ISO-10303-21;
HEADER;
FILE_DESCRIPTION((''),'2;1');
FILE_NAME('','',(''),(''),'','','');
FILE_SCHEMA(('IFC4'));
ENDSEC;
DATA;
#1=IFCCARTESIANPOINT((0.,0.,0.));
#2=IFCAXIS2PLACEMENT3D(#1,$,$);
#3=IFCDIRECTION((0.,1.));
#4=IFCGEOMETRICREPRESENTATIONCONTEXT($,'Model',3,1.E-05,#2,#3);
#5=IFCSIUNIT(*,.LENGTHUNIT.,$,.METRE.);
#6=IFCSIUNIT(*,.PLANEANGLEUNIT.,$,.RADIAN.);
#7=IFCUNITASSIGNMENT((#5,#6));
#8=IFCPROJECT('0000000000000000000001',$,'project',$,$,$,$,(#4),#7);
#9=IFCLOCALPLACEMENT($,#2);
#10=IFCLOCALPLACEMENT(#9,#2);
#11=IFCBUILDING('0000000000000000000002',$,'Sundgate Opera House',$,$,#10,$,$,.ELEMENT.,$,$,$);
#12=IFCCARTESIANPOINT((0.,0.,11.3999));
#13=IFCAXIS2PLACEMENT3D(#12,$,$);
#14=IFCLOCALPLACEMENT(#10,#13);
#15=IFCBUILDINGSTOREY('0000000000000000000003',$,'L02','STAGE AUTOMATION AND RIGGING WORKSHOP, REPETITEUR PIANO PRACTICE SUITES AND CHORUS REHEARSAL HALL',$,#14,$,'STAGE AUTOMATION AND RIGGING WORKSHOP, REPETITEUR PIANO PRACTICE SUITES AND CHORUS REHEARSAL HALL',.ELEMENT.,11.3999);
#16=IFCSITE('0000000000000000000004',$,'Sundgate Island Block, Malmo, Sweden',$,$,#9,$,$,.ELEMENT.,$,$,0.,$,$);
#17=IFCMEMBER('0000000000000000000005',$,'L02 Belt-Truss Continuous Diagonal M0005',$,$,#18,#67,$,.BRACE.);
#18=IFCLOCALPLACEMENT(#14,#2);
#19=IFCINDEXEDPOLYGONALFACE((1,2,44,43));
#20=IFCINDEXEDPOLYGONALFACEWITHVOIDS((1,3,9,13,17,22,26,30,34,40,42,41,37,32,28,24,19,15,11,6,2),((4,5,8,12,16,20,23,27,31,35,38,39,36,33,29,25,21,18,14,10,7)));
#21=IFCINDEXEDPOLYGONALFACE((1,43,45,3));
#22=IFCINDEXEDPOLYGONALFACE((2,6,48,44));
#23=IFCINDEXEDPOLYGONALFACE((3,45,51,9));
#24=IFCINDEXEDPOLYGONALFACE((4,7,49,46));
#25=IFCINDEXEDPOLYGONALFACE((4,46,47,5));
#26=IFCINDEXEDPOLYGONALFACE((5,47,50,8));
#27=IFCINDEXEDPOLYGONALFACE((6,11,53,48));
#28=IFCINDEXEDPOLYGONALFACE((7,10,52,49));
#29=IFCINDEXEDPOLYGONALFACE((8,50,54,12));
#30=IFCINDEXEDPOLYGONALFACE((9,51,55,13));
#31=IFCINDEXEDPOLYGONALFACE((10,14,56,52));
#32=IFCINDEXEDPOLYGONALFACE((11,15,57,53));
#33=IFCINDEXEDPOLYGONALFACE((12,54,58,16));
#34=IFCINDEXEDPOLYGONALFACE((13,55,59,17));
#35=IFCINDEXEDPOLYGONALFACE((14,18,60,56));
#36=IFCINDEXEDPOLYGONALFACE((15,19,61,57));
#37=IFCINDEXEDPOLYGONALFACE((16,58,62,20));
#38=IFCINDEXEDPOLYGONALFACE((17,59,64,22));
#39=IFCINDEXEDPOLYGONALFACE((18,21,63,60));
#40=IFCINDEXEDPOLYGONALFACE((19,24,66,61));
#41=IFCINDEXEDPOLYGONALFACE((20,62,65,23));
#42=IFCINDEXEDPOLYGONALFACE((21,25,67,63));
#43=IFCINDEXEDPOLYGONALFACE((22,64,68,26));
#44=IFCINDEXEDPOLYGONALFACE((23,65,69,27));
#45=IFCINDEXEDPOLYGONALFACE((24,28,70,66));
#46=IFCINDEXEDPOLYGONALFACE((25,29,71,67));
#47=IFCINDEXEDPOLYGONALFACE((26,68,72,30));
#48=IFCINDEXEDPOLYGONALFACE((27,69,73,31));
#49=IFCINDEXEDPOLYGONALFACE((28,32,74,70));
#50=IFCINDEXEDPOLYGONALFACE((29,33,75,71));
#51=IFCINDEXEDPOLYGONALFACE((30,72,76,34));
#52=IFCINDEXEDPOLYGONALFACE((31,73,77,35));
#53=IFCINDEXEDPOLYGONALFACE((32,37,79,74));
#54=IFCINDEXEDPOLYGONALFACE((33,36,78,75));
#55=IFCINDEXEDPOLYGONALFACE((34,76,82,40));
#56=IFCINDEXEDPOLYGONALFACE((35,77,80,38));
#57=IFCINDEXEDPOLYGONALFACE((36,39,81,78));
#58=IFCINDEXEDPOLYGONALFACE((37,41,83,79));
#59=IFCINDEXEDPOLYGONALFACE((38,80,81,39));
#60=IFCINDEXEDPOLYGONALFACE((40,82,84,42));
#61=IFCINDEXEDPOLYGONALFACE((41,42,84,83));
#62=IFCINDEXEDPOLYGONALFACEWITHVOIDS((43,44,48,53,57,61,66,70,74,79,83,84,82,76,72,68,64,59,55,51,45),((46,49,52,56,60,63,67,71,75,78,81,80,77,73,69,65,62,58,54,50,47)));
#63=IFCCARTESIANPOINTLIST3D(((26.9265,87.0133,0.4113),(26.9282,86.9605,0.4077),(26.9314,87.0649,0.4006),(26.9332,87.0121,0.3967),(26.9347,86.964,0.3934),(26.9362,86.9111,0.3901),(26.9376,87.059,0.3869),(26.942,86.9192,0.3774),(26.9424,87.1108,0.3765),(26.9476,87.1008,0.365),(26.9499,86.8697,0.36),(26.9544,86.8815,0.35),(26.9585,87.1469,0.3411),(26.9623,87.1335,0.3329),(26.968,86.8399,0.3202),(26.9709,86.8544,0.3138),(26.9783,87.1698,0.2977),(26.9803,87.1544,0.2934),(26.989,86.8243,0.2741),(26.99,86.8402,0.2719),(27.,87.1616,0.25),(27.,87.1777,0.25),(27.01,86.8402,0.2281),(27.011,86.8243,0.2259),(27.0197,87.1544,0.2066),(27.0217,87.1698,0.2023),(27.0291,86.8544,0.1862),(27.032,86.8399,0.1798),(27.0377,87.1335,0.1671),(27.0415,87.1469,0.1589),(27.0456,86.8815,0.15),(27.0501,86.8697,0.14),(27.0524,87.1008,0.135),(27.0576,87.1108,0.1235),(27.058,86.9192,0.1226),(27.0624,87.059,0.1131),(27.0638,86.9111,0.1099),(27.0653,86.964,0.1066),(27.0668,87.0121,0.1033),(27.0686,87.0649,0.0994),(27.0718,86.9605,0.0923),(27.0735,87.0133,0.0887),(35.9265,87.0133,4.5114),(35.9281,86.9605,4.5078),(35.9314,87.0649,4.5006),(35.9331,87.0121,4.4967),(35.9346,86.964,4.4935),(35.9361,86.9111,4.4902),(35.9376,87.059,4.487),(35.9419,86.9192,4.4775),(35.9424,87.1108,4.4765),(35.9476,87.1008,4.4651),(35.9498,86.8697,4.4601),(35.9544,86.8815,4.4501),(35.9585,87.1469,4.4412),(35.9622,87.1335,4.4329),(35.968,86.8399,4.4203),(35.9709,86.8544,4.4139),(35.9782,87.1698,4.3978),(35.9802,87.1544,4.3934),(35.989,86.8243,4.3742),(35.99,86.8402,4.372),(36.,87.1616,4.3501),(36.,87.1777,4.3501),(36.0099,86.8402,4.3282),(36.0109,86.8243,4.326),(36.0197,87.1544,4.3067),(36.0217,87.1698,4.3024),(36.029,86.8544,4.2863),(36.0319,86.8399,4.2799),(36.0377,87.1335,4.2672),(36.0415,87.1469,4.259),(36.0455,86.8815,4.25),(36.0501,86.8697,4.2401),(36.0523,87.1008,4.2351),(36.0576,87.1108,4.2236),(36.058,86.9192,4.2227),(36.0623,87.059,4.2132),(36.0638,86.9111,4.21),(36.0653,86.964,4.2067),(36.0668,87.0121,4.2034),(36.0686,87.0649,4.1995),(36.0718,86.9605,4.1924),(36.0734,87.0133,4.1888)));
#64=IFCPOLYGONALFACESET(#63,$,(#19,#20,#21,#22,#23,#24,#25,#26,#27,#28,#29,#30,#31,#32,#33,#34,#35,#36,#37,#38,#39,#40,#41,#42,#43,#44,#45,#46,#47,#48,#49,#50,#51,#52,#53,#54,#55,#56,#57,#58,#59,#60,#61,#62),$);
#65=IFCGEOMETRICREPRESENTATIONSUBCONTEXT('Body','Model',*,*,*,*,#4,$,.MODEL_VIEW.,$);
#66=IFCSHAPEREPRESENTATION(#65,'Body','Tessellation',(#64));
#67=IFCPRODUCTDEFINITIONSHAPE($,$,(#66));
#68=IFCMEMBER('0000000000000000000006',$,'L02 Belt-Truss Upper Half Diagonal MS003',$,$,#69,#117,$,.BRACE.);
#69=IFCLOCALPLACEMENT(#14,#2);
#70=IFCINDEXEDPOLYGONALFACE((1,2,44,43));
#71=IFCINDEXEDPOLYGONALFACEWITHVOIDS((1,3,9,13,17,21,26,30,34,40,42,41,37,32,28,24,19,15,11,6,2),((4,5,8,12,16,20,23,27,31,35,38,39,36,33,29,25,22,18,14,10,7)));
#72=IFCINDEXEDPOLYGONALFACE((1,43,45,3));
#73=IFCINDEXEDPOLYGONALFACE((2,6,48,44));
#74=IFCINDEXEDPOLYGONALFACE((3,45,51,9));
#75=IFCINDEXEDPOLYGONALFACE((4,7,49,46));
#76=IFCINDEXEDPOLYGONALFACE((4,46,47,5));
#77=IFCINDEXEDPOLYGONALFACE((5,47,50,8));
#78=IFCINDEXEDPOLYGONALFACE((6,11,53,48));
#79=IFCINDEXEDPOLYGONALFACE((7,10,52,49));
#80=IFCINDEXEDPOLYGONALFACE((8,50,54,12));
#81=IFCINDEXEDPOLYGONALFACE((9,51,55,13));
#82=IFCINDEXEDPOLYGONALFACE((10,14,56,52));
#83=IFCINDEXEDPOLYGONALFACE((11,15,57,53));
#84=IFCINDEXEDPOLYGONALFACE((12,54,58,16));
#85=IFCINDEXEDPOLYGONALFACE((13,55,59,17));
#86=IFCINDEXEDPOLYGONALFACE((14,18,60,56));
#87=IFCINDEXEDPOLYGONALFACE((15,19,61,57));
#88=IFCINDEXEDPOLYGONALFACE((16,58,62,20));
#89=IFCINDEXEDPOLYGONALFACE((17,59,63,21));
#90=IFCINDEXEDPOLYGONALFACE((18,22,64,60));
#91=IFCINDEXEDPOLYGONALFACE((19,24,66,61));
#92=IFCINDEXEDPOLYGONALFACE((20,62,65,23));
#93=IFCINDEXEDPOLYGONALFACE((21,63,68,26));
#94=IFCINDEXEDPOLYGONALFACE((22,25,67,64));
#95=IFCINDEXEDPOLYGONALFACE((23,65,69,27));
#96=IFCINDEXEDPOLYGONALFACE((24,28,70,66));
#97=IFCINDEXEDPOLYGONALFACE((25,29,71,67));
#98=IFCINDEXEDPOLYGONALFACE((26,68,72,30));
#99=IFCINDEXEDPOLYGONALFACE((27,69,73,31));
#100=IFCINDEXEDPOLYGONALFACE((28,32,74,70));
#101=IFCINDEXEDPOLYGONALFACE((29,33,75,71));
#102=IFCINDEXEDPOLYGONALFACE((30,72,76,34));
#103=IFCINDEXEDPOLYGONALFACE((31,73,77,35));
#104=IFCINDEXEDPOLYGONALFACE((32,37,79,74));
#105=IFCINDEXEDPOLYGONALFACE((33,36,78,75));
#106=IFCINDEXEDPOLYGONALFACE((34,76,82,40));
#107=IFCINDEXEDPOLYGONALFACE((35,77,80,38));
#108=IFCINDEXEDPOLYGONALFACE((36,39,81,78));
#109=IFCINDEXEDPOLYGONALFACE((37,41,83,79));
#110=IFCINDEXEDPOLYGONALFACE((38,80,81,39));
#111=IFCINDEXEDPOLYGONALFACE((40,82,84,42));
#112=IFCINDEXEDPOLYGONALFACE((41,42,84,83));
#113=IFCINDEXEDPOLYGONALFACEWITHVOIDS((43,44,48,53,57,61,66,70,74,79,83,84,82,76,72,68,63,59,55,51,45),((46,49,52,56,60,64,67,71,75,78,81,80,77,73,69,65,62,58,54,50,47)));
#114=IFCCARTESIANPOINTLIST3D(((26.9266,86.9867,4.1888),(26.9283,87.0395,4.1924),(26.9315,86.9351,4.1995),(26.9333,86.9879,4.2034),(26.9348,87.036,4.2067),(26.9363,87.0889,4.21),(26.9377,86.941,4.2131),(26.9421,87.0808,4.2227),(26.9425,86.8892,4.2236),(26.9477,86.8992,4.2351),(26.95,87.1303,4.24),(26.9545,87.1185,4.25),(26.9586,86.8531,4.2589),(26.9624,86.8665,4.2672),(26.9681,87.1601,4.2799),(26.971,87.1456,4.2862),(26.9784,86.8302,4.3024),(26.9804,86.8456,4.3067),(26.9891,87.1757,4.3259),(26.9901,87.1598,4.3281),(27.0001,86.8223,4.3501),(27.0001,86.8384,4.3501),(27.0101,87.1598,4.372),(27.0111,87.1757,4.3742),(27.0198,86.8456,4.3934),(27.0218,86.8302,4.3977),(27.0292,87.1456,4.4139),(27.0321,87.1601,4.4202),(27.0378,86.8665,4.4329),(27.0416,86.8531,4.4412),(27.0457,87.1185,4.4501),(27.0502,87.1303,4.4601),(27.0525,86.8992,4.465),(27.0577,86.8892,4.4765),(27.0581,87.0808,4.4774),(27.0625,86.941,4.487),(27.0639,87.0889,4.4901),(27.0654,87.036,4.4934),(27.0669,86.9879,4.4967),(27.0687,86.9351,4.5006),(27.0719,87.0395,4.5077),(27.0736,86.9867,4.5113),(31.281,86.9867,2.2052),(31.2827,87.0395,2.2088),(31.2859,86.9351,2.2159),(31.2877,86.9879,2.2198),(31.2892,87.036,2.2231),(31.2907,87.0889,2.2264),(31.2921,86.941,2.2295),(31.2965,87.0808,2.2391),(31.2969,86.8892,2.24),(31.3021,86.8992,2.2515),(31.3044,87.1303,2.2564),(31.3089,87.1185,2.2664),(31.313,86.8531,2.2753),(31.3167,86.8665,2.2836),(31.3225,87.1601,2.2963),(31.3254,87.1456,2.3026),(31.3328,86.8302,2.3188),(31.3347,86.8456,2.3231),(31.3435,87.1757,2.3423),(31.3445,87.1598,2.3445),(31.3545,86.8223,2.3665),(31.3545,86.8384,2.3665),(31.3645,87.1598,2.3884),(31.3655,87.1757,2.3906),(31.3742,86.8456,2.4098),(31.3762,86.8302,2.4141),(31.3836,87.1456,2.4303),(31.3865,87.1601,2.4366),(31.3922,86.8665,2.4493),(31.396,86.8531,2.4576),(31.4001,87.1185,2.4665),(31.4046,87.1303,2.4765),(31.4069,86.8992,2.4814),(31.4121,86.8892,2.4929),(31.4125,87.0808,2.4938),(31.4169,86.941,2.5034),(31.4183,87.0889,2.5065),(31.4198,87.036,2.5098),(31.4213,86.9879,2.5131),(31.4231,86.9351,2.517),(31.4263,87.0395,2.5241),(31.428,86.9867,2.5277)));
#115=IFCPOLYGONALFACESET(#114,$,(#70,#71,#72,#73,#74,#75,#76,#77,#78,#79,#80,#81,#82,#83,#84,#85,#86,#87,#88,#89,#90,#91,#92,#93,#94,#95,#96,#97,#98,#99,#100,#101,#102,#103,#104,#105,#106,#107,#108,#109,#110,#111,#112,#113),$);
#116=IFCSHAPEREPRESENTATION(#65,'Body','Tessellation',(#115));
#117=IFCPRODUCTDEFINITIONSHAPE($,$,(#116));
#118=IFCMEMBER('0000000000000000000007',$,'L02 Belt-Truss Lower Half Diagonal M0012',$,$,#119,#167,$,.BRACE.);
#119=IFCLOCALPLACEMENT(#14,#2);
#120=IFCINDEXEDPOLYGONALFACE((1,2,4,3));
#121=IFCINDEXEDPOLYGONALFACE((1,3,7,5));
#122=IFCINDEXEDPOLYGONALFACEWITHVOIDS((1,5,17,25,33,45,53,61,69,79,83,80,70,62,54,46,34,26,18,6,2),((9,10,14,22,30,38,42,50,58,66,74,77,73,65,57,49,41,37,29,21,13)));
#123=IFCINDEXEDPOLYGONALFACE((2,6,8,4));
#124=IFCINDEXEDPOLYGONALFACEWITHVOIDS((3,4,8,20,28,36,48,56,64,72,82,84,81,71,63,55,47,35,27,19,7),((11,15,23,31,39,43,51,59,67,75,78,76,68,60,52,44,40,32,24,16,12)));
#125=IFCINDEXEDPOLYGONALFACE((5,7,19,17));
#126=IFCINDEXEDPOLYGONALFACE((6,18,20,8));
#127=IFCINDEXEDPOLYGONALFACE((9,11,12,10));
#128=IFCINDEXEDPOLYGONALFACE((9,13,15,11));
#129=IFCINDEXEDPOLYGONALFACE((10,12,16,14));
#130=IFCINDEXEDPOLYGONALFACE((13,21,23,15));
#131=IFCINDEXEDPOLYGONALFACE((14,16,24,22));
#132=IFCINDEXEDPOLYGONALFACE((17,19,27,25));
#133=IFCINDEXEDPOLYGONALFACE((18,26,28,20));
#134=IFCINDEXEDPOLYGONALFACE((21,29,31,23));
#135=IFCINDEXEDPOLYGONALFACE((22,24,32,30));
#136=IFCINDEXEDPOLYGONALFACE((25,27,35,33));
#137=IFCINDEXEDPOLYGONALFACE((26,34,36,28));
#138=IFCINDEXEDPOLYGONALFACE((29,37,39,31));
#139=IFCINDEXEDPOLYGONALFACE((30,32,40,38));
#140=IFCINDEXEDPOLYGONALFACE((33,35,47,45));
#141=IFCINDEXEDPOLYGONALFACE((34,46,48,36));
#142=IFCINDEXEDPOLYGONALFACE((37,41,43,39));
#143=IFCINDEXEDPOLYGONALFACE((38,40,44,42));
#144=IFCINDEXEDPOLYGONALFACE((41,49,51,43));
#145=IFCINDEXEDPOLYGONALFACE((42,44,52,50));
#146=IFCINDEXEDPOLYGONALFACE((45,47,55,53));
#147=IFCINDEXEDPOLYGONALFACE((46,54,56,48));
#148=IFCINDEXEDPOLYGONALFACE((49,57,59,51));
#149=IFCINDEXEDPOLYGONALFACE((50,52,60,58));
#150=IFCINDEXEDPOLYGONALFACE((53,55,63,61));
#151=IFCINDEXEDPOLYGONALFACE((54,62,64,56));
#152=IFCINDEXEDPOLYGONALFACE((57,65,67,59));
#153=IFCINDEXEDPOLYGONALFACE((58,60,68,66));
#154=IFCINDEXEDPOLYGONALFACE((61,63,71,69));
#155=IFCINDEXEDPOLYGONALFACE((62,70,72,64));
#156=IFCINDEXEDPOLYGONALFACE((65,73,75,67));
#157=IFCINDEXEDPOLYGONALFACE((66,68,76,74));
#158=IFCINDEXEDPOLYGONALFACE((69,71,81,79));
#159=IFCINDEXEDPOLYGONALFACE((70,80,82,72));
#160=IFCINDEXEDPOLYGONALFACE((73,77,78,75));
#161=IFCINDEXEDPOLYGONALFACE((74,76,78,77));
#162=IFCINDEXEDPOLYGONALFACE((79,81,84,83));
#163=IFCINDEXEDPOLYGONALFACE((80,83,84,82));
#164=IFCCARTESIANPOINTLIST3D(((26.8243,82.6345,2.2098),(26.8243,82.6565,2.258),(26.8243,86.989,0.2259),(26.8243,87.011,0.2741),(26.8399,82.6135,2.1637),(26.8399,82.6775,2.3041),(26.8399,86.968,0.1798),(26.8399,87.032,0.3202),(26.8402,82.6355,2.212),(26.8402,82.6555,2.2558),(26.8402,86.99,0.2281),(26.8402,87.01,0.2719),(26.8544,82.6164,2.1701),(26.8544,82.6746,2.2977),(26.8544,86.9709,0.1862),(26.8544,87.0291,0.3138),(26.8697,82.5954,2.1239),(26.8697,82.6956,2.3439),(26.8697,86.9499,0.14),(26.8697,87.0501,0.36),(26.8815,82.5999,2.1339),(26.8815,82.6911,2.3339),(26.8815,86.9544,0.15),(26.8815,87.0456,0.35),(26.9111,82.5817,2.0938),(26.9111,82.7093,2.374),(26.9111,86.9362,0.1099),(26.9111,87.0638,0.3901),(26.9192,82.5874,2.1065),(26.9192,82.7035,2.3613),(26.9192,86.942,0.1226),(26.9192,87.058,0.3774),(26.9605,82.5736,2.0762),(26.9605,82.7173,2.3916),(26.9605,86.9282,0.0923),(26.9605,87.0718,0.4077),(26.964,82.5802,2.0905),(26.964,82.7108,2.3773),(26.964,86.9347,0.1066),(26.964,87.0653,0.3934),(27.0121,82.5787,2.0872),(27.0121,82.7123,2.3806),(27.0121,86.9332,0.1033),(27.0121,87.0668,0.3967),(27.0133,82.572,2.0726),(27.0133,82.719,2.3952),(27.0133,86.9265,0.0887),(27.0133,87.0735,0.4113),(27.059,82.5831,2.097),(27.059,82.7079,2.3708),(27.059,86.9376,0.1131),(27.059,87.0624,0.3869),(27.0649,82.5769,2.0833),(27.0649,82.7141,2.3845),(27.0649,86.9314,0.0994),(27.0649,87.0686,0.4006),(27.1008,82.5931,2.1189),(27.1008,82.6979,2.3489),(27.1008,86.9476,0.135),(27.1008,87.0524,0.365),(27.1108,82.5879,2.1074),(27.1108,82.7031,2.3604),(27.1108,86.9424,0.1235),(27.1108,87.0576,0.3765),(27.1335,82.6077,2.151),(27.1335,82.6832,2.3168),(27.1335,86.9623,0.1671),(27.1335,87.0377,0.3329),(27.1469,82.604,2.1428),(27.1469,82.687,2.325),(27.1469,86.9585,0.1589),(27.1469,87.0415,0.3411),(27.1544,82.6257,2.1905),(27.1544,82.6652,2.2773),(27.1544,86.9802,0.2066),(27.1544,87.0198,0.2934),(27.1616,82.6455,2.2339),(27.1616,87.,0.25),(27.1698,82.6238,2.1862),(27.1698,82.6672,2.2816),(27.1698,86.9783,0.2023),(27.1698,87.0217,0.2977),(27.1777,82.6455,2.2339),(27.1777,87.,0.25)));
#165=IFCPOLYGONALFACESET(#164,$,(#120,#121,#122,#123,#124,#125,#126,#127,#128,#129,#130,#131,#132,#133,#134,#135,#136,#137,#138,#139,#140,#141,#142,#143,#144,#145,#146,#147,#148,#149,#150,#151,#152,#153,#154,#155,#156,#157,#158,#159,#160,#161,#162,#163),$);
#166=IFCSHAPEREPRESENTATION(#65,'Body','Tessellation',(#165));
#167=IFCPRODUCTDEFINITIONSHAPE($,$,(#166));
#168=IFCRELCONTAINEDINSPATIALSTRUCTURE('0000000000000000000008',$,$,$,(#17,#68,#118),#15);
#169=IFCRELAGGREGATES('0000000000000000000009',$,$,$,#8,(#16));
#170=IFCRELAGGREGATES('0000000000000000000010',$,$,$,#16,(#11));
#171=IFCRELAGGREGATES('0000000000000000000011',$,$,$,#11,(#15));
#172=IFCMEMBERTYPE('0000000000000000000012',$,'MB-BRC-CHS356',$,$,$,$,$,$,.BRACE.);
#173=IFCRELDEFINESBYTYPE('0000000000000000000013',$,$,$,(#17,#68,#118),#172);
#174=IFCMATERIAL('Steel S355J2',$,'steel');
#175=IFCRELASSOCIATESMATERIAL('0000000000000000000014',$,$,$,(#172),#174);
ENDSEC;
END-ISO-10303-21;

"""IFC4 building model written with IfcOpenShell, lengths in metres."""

from ifc_helpers import new_model, si_unit, direction, frame, origin, origin_2d, place, context, subcontext, project, spatial, hollow_circle, extrude, material, material_profile, profile_set, type_object, element, save


model = new_model("IFC4")

# Units and contexts
model_context = context("Model", 3, precision=1e-05, world=origin(), true_north=direction((0.0, 1.0)))
body_context = subcontext(model_context, "Body", "Model", "MODEL_VIEW")
ifc_project = project(units=[si_unit("LENGTHUNIT", "METRE"), si_unit("PLANEANGLEUNIT", "RADIAN")], contexts=[model_context])

# Site, building, storey
site_placement = place(None, origin())
site = spatial("IfcSite", under=ifc_project, at=site_placement, Name="Sundgate Island Block, Malmo, Sweden", CompositionType="ELEMENT", RefElevation=0.0)
building_placement = place(site_placement, origin())
building = spatial("IfcBuilding", under=site, at=building_placement, Name="Sundgate Opera House", CompositionType="ELEMENT")
storey_placement = place(building_placement, frame((0.0, 0.0, 11.3999)))
storey = spatial("IfcBuildingStorey", under=building, at=storey_placement, Name="L02", Description="STAGE AUTOMATION AND RIGGING WORKSHOP, REPETITEUR PIANO PRACTICE SUITES AND CHORUS REHEARSAL HALL", LongName="STAGE AUTOMATION AND RIGGING WORKSHOP, REPETITEUR PIANO PRACTICE SUITES AND CHORUS REHEARSAL HALL", CompositionType="ELEMENT", Elevation=11.3999)

# Members
ifc_material_1 = material(Name="Steel S355J2", Category="steel")
ifc_material_profile_1 = material_profile(ifc_material_1, hollow_circle(Radius=0.1777, WallThickness=0.0161, at=origin_2d()), Name="CHS 355.6x16.0")
ifc_profile_set_1 = profile_set([ifc_material_profile_1], Name="Steel S355J2")
member_type = type_object("IfcMemberType", Name="MB-BRC-CHS356", PredefinedType="BRACE", material=ifc_profile_set_1)
member_1_placement = place(storey_placement, frame((27.0, 87.0, 0.25), z_axis=(0.910016, 0.0, 0.414573), x_axis=(0.0, 1.0, 0.0)))
element("IfcMember", 1, at=member_1_placement, inside=storey, type_object=member_type, Name="L02 Belt-Truss Continuous Diagonal M0005", PredefinedType="BRACE", context=body_context, shape_type="SweptSolid", body=[
    extrude(hollow_circle(Radius=0.1777, WallThickness=0.0161, at=origin_2d()), origin(), (0.0, 0.0, 1.0), 9.8899),
])
member_2_placement = place(storey_placement, frame((31.3545, 87.0, 2.3665), z_axis=(-0.910025, 0.0, 0.414552), x_axis=(0.0, -1.0, 0.0)))
element("IfcMember", 2, at=member_2_placement, inside=storey, type_object=member_type, Name="L02 Belt-Truss Upper Half Diagonal MS003", PredefinedType="BRACE", context=body_context, shape_type="SweptSolid", body=[
    extrude(hollow_circle(Radius=0.1777, WallThickness=0.0161, at=origin_2d()), origin(), (0.0, 0.0, 1.0), 4.7849),
])
member_3_placement = place(storey_placement, frame((27.0, 87.0, 0.25), z_axis=(0.0, -0.910006, 0.414595), x_axis=(1.0, 0.0, 0.0)))
element("IfcMember", 3, at=member_3_placement, inside=storey, type_object=member_type, Name="L02 Belt-Truss Lower Half Diagonal M0012", PredefinedType="BRACE", context=body_context, shape_type="SweptSolid", body=[
    extrude(hollow_circle(Radius=0.1777, WallThickness=0.0161, at=origin_2d()), origin(), (0.0, 0.0, 1.0), 4.7852),
])

save(model, "model.ifc")
